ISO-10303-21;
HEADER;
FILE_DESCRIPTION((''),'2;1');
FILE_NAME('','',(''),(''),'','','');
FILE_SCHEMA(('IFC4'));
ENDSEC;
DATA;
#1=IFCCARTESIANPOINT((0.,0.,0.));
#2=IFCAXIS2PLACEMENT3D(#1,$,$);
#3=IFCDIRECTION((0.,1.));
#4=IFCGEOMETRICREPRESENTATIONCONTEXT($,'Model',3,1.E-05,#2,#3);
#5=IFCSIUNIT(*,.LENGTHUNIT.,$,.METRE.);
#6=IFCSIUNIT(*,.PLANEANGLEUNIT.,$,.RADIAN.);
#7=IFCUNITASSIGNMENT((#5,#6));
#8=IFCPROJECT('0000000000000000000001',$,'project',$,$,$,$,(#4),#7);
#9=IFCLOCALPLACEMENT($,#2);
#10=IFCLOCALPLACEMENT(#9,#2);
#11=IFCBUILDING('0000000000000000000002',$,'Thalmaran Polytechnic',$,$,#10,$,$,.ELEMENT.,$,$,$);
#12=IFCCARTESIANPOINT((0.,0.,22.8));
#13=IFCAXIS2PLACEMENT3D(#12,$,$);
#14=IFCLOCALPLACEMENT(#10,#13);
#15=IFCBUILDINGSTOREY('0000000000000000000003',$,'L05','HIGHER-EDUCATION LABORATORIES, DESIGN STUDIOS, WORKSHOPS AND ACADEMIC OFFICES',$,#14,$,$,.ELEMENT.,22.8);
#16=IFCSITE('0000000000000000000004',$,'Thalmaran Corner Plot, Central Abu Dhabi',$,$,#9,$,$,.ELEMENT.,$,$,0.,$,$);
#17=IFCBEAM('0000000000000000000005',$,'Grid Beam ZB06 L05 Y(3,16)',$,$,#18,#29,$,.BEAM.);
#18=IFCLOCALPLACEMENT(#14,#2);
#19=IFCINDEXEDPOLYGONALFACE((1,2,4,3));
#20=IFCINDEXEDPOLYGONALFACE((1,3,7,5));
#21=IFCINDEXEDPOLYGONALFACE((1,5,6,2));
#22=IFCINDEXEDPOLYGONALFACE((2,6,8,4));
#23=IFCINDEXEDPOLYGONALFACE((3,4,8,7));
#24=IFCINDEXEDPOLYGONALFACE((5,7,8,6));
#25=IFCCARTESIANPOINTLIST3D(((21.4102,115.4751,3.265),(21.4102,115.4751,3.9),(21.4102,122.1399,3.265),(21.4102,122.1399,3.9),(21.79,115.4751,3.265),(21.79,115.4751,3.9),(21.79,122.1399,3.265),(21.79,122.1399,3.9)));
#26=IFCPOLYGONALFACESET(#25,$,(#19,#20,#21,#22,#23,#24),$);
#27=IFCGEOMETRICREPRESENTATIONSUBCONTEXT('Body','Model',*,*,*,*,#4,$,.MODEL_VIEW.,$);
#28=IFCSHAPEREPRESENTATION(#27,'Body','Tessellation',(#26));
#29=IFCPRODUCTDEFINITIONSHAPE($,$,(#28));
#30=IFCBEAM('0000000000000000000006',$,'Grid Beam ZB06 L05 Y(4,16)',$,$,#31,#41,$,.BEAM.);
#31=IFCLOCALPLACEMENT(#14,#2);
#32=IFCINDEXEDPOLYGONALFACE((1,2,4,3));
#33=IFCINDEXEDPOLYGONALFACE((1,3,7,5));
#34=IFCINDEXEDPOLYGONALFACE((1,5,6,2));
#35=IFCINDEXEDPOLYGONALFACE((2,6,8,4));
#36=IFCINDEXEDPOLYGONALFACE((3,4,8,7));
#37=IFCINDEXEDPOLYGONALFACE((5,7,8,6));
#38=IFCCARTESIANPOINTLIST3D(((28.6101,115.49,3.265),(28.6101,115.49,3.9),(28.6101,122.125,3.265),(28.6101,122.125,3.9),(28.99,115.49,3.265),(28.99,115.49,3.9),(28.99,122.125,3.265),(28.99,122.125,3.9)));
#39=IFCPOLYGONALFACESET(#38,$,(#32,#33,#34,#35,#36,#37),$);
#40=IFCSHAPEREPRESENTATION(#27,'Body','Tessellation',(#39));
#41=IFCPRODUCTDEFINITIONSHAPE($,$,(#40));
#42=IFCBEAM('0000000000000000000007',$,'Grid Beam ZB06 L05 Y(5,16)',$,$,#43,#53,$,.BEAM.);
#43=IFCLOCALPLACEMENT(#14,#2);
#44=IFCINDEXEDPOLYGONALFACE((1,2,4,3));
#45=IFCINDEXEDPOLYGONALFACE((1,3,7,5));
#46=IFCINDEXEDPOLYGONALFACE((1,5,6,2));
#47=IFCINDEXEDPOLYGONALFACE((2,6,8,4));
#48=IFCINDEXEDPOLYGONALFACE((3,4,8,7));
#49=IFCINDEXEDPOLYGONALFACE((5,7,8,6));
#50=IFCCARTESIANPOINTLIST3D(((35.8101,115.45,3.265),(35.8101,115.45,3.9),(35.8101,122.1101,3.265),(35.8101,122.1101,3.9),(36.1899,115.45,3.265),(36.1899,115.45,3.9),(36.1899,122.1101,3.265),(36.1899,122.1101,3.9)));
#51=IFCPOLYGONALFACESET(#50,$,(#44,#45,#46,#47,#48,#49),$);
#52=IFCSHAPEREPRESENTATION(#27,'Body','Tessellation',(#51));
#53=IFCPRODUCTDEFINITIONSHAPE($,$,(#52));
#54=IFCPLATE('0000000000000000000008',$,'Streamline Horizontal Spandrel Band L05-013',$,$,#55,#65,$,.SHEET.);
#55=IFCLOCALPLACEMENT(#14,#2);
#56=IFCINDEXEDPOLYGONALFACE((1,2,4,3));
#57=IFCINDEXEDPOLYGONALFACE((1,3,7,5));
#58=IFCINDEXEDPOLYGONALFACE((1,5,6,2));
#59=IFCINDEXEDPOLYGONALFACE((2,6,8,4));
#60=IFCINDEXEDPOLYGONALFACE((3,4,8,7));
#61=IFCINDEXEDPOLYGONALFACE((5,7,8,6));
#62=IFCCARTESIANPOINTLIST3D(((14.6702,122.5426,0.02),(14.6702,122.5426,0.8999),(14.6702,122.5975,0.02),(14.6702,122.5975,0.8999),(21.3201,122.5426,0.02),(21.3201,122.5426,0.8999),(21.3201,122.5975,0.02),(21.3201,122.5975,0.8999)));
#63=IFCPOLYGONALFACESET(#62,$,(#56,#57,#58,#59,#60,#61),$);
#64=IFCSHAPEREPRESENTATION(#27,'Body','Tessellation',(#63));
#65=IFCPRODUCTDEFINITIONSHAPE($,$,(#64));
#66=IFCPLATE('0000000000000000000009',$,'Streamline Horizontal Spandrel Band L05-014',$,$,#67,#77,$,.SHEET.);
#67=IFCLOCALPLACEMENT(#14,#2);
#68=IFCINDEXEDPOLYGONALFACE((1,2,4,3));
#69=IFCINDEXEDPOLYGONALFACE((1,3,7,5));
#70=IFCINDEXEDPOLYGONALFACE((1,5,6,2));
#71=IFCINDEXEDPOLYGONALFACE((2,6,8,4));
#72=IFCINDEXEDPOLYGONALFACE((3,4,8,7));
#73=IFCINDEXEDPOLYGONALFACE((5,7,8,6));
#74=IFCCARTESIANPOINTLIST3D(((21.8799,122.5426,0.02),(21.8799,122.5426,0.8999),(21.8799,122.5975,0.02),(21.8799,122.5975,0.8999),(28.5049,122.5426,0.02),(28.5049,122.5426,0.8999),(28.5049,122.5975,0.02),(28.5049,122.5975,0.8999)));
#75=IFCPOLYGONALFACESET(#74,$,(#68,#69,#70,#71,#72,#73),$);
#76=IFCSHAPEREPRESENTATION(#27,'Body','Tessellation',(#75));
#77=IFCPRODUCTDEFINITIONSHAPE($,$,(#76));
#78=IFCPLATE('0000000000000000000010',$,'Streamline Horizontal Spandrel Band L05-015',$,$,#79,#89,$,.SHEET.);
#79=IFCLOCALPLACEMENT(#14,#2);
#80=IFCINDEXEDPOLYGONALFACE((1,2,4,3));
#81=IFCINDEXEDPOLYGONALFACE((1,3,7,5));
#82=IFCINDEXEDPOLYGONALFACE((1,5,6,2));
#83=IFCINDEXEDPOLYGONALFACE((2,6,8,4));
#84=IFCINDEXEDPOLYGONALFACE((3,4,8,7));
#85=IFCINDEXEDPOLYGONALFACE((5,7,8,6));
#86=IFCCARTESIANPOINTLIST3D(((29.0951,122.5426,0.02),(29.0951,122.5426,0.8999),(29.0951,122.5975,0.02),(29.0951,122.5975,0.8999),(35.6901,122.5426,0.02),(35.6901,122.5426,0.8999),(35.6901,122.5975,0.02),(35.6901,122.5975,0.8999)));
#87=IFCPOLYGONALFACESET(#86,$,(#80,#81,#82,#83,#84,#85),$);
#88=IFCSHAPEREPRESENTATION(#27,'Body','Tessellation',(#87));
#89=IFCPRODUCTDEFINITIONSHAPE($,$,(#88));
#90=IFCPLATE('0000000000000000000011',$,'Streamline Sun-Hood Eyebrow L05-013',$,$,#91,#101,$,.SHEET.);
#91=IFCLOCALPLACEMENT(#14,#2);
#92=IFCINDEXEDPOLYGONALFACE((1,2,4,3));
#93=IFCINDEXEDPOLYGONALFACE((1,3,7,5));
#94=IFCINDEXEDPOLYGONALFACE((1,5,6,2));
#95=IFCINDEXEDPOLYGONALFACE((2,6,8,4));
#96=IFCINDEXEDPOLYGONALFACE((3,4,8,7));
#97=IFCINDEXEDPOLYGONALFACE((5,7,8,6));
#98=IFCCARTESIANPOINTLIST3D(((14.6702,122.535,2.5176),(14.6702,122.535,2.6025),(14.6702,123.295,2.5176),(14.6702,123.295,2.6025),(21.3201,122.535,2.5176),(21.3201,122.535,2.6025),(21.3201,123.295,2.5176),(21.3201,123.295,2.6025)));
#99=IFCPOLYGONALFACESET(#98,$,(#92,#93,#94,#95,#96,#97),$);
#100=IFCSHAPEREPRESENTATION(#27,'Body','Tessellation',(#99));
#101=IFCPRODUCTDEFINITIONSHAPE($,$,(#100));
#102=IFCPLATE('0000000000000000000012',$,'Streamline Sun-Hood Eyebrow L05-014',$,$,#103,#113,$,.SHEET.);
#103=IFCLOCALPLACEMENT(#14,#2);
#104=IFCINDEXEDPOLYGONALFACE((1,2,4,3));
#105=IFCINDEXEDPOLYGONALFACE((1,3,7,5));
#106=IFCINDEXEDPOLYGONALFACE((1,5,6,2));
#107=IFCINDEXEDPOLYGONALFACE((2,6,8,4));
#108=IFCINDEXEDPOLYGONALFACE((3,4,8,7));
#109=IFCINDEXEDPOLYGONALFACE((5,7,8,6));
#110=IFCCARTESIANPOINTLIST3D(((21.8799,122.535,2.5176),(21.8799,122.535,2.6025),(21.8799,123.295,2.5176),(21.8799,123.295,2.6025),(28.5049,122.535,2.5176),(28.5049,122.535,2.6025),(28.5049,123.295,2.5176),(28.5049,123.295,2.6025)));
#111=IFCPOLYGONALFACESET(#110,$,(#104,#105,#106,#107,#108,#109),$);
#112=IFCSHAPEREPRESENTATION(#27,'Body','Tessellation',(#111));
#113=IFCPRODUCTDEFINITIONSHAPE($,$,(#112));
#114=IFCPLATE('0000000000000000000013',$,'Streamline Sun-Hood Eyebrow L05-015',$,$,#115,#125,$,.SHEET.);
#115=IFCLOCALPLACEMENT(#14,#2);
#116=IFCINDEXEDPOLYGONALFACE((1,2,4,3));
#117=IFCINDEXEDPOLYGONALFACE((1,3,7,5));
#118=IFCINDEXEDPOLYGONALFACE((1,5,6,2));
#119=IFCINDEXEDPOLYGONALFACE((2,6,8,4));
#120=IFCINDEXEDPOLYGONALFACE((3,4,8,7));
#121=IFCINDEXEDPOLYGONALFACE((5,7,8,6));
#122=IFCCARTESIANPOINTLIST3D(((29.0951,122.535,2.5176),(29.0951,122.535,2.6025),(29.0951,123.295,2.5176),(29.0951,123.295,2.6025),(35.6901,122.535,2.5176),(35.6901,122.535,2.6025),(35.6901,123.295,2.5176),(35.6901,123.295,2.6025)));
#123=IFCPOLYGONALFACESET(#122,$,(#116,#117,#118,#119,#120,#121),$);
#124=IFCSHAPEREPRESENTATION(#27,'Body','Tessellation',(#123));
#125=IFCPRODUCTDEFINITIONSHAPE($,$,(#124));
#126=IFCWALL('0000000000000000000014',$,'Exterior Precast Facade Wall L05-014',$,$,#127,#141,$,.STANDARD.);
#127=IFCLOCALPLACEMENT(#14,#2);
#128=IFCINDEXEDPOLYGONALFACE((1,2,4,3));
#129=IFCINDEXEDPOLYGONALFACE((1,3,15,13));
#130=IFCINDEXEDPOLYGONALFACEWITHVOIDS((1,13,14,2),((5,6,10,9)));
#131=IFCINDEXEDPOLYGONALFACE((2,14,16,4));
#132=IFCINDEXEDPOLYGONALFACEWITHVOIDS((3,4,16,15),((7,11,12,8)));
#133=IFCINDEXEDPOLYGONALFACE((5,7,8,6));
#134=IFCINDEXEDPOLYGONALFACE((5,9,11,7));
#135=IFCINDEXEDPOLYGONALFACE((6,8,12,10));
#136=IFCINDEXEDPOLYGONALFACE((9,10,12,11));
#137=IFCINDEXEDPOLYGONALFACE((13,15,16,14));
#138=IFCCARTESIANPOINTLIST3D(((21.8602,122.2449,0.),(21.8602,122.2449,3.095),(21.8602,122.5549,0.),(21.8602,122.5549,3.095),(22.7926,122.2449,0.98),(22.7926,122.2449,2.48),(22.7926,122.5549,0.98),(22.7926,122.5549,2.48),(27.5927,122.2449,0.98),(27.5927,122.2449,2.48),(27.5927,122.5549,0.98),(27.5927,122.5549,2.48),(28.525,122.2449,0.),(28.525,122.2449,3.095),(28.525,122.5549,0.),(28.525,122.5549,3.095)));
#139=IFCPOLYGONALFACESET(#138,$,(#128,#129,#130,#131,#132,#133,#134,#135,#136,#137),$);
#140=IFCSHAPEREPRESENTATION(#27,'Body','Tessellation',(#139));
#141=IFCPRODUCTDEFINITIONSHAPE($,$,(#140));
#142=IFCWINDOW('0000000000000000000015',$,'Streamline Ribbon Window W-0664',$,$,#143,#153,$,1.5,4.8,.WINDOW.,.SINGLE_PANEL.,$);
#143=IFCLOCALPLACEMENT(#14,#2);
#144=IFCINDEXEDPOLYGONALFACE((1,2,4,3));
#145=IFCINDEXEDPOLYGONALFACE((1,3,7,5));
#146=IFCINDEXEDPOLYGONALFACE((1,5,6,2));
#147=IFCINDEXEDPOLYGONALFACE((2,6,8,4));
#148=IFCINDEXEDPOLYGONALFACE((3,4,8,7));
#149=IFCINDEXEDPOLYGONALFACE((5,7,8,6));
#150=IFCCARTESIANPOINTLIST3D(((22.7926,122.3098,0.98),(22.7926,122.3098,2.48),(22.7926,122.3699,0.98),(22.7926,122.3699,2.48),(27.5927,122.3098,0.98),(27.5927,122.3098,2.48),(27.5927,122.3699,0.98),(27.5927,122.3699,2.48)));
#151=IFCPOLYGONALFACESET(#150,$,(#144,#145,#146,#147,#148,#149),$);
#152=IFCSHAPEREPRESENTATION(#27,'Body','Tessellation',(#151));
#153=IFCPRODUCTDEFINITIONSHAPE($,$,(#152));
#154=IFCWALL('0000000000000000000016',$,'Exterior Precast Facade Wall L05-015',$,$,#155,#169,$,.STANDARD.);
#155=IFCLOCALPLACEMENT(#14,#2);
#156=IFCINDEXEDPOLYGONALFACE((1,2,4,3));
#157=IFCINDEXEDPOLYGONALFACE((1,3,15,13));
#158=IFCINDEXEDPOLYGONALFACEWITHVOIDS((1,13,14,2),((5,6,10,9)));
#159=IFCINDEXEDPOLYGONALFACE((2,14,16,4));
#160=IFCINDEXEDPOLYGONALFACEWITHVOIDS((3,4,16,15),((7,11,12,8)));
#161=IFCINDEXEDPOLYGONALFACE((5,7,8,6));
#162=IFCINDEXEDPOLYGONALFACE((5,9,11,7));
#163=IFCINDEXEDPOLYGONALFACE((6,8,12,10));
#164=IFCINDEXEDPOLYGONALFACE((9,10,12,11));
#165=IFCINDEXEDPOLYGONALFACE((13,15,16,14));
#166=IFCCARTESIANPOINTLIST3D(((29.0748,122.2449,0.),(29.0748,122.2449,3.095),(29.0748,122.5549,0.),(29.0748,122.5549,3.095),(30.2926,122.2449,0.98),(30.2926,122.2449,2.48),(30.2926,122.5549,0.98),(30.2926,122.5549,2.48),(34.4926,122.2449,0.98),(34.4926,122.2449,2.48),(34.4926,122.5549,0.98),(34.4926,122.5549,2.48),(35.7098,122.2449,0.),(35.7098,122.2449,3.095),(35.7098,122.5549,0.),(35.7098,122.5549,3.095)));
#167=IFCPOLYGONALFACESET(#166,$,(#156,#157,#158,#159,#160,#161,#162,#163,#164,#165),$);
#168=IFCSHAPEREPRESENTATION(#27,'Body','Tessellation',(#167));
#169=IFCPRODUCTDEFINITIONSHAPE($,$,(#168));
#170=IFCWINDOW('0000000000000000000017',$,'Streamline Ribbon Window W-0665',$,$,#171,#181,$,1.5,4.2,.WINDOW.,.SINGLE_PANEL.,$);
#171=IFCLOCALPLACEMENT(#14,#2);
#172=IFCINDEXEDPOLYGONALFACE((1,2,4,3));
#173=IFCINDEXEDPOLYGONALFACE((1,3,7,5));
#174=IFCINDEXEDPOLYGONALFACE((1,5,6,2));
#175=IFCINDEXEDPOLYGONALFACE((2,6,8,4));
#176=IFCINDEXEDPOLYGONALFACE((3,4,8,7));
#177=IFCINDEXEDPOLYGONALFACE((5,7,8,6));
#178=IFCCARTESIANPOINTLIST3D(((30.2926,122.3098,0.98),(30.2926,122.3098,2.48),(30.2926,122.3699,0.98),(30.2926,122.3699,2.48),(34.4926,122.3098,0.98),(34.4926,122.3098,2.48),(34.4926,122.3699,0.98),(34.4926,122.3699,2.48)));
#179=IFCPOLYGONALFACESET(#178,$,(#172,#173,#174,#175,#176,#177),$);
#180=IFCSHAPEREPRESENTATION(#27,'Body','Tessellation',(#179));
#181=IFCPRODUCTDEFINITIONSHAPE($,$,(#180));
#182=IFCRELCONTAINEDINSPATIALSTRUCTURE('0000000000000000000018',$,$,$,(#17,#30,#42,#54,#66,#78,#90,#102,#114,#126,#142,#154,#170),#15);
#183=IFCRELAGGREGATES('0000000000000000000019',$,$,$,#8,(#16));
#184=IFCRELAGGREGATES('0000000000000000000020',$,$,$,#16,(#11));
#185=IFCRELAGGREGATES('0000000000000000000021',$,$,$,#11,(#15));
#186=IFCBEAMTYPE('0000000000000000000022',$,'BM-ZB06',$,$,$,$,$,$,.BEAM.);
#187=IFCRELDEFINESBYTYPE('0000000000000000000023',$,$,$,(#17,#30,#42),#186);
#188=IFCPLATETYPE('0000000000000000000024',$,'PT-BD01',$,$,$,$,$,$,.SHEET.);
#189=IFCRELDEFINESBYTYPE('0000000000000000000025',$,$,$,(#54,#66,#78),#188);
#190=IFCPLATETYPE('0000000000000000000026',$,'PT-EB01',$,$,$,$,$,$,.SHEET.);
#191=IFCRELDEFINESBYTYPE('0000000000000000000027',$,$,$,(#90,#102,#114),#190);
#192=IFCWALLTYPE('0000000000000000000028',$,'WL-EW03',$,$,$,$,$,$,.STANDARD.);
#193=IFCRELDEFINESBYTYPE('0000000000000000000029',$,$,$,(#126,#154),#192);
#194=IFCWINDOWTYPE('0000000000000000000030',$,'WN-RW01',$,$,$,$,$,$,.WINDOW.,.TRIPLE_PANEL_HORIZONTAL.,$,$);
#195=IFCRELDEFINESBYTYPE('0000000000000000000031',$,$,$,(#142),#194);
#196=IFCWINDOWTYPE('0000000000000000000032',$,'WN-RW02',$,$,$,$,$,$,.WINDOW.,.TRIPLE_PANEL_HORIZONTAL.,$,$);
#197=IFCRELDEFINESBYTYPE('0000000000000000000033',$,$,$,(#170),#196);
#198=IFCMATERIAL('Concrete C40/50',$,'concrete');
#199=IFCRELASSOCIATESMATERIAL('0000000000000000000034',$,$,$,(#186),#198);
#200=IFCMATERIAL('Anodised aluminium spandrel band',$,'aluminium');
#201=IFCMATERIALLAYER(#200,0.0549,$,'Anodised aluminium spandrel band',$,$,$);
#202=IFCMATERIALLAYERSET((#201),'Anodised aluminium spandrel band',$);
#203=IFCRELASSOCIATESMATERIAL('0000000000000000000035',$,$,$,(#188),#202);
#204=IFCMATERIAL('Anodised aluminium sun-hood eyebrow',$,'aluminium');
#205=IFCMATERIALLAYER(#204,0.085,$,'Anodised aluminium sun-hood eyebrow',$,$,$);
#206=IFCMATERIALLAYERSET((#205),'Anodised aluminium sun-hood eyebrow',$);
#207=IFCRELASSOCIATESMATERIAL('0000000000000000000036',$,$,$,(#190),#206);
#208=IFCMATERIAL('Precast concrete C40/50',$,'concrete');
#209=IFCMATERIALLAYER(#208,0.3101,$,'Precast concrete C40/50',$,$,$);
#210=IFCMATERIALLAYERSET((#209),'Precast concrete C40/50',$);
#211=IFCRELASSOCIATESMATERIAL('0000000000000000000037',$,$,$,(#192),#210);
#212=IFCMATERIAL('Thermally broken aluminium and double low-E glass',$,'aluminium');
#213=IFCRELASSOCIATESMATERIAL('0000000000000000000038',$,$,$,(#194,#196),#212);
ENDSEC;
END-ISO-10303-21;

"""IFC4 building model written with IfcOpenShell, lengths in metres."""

from ifc_helpers import new_model, si_unit, direction, frame, frame_2d, origin, origin_2d, place, context, subcontext, project, spatial, rectangle, extrude, material, layer, layer_set, material_profile, profile_set, type_object, element, fill, save


model = new_model("IFC4")

# Units and contexts
model_context = context("Model", 3, precision=1e-05, world=origin(), true_north=direction((0.0, 1.0)))
body_context = subcontext(model_context, "Body", "Model", "MODEL_VIEW")
ifc_project = project(units=[si_unit("LENGTHUNIT", "METRE"), si_unit("PLANEANGLEUNIT", "RADIAN")], contexts=[model_context])

# Site, building, storey
site_placement = place(None, origin())
site = spatial("IfcSite", under=ifc_project, at=site_placement, Name="Thalmaran Corner Plot, Central Abu Dhabi", CompositionType="ELEMENT", RefElevation=0.0)
building_placement = place(site_placement, origin())
building = spatial("IfcBuilding", under=site, at=building_placement, Name="Thalmaran Polytechnic", CompositionType="ELEMENT")
storey_placement = place(building_placement, frame((0.0, 0.0, 22.8)))
storey = spatial("IfcBuildingStorey", under=building, at=storey_placement, Name="L05", Description="HIGHER-EDUCATION LABORATORIES, DESIGN STUDIOS, WORKSHOPS AND ACADEMIC OFFICES", CompositionType="ELEMENT", Elevation=22.8)

# Shared definitions
ifc_material_1 = material(Name="Concrete C40/50", Category="concrete")

# Beams
ifc_material_profile_1 = material_profile(ifc_material_1, rectangle(XDim=0.3799, YDim=0.635, at=origin_2d()), Name="RC 380x635")
ifc_profile_set_1 = profile_set([ifc_material_profile_1], Name="Concrete C40/50")
beam_type_1 = type_object("IfcBeamType", Name="BM-ZB06", PredefinedType="BEAM", material=ifc_profile_set_1)
beam_1_placement = place(storey_placement, frame((21.6001, 115.4751, 3.5825), z_axis=(0.0, 1.0, 0.0), x_axis=(-1.0, 0.0, 0.0)))
element("IfcBeam", 1, at=beam_1_placement, inside=storey, type_object=beam_type_1, Name="Grid Beam ZB06 L05 Y(3,16)", PredefinedType="BEAM", context=body_context, shape_type="SweptSolid", body=[
    extrude(rectangle(XDim=0.3799, YDim=0.635, at=origin_2d()), origin(), (0.0, 0.0, 1.0), 6.6648),
])
beam_2_placement = place(storey_placement, frame((28.8, 115.49, 3.5825), z_axis=(0.0, 1.0, 0.0), x_axis=(-1.0, 0.0, 0.0)))
element("IfcBeam", 2, at=beam_2_placement, inside=storey, type_object=beam_type_1, Name="Grid Beam ZB06 L05 Y(4,16)", PredefinedType="BEAM", context=body_context, shape_type="SweptSolid", body=[
    extrude(rectangle(XDim=0.3799, YDim=0.635, at=origin_2d()), origin(), (0.0, 0.0, 1.0), 6.635),
])
beam_3_placement = place(storey_placement, frame((36.0, 115.45, 3.5825), z_axis=(0.0, 1.0, 0.0), x_axis=(-1.0, 0.0, 0.0)))
element("IfcBeam", 3, at=beam_3_placement, inside=storey, type_object=beam_type_1, Name="Grid Beam ZB06 L05 Y(5,16)", PredefinedType="BEAM", context=body_context, shape_type="SweptSolid", body=[
    extrude(rectangle(XDim=0.3799, YDim=0.635, at=origin_2d()), origin(), (0.0, 0.0, 1.0), 6.6602),
])

# Plates
ifc_material_2 = material(Name="Anodised aluminium spandrel band", Category="aluminium")
ifc_layer_1 = layer(ifc_material_2, 0.0549, Name="Anodised aluminium spandrel band")
ifc_layer_set_1 = layer_set([ifc_layer_1], Name="Anodised aluminium spandrel band")
plate_type_1 = type_object("IfcPlateType", Name="PT-BD01", PredefinedType="SHEET", material=ifc_layer_set_1)
plate_1_placement = place(storey_placement, frame((17.9951, 122.5701, 0.02), z_axis=(0.0, 0.0, 1.0), x_axis=(1.0, 0.0, 0.0)))
element("IfcPlate", 4, at=plate_1_placement, inside=storey, type_object=plate_type_1, Name="Streamline Horizontal Spandrel Band L05-013", PredefinedType="SHEET", context=body_context, shape_type="SweptSolid", body=[
    extrude(rectangle(XDim=6.6499, YDim=0.0549, at=origin_2d()), origin(), (0.0, 0.0, 1.0), 0.8799),
])
plate_2_placement = place(storey_placement, frame((25.1924, 122.5701, 0.02), z_axis=(0.0, 0.0, 1.0), x_axis=(1.0, 0.0, 0.0)))
element("IfcPlate", 5, at=plate_2_placement, inside=storey, type_object=plate_type_1, Name="Streamline Horizontal Spandrel Band L05-014", PredefinedType="SHEET", context=body_context, shape_type="SweptSolid", body=[
    extrude(rectangle(XDim=6.625, YDim=0.0549, at=origin_2d()), origin(), (0.0, 0.0, 1.0), 0.8799),
])
plate_3_placement = place(storey_placement, frame((32.3926, 122.5701, 0.02), z_axis=(0.0, 0.0, 1.0), x_axis=(1.0, 0.0, 0.0)))
element("IfcPlate", 6, at=plate_3_placement, inside=storey, type_object=plate_type_1, Name="Streamline Horizontal Spandrel Band L05-015", PredefinedType="SHEET", context=body_context, shape_type="SweptSolid", body=[
    extrude(rectangle(XDim=6.595, YDim=0.0549, at=origin_2d()), origin(), (0.0, 0.0, 1.0), 0.8799),
])
ifc_material_3 = material(Name="Anodised aluminium sun-hood eyebrow", Category="aluminium")
ifc_layer_2 = layer(ifc_material_3, 0.085, Name="Anodised aluminium sun-hood eyebrow")
ifc_layer_set_2 = layer_set([ifc_layer_2], Name="Anodised aluminium sun-hood eyebrow")
plate_type_2 = type_object("IfcPlateType", Name="PT-EB01", PredefinedType="SHEET", material=ifc_layer_set_2)
plate_4_placement = place(storey_placement, frame((17.9951, 122.915, 2.5176), z_axis=(0.0, 0.0, 1.0), x_axis=(1.0, 0.0, 0.0)))
element("IfcPlate", 7, at=plate_4_placement, inside=storey, type_object=plate_type_2, Name="Streamline Sun-Hood Eyebrow L05-013", PredefinedType="SHEET", context=body_context, shape_type="SweptSolid", body=[
    extrude(rectangle(XDim=6.6499, YDim=0.76, at=origin_2d()), origin(), (0.0, 0.0, 1.0), 0.085),
])
plate_5_placement = place(storey_placement, frame((25.1924, 122.915, 2.5176), z_axis=(0.0, 0.0, 1.0), x_axis=(1.0, 0.0, 0.0)))
element("IfcPlate", 8, at=plate_5_placement, inside=storey, type_object=plate_type_2, Name="Streamline Sun-Hood Eyebrow L05-014", PredefinedType="SHEET", context=body_context, shape_type="SweptSolid", body=[
    extrude(rectangle(XDim=6.625, YDim=0.76, at=origin_2d()), origin(), (0.0, 0.0, 1.0), 0.085),
])
plate_6_placement = place(storey_placement, frame((32.3926, 122.915, 2.5176), z_axis=(0.0, 0.0, 1.0), x_axis=(1.0, 0.0, 0.0)))
element("IfcPlate", 9, at=plate_6_placement, inside=storey, type_object=plate_type_2, Name="Streamline Sun-Hood Eyebrow L05-015", PredefinedType="SHEET", context=body_context, shape_type="SweptSolid", body=[
    extrude(rectangle(XDim=6.595, YDim=0.76, at=origin_2d()), origin(), (0.0, 0.0, 1.0), 0.085),
])

# Walls, openings, windows
ifc_material_4 = material(Name="Precast concrete C40/50", Category="concrete")
ifc_layer_3 = layer(ifc_material_4, 0.3101, Name="Precast concrete C40/50")
ifc_layer_set_3 = layer_set([ifc_layer_3], Name="Precast concrete C40/50")
wall_type_1 = type_object("IfcWallType", Name="WL-EW03", PredefinedType="STANDARD", material=ifc_layer_set_3)
wall_1_placement = place(storey_placement, frame((21.8601, 122.3999, 0.0), z_axis=(0.0, 0.0, 1.0), x_axis=(1.0, 0.0, 0.0)))
wall_1 = element("IfcWall", 10, at=wall_1_placement, inside=storey, type_object=wall_type_1, Name="Exterior Precast Facade Wall L05-014", PredefinedType="STANDARD", context=body_context, shape_type="SweptSolid", body=[
    extrude(rectangle(XDim=6.6648, YDim=0.3101, at=frame_2d((3.3325, 0.0))), origin(), (0.0, 0.0, 1.0), 3.095),
])
opening_1_placement = place(wall_1_placement, frame((0.9326, 0.0, 0.98)))
opening_1 = element("IfcOpeningElement", 11, at=opening_1_placement, cuts=wall_1, PredefinedType="OPENING", context=body_context, shape_type="SweptSolid", body=[
    extrude(rectangle(XDim=4.8, YDim=1.5, at=frame_2d((2.3999, 0.75))), frame((0.0, 0.165, 0.0), z_axis=(0.0, -1.0, 0.0), x_axis=(1.0, 0.0, 0.0)), (0.0, 0.0, 1.0), 0.3301),
])
ifc_material_5 = material(Name="Thermally broken aluminium and double low-E glass", Category="aluminium")
window_type_1 = type_object("IfcWindowType", Name="WN-RW01", PartitioningType="TRIPLE_PANEL_HORIZONTAL", PredefinedType="WINDOW", material=ifc_material_5)
window_1_placement = place(opening_1_placement, origin())
window_1 = element("IfcWindow", 12, at=window_1_placement, inside=storey, type_object=window_type_1, Name="Streamline Ribbon Window W-0664", OverallHeight=1.5, OverallWidth=4.8, PartitioningType="SINGLE_PANEL", PredefinedType="WINDOW", context=body_context, shape_type="SweptSolid", body=[
    extrude(rectangle(XDim=4.8, YDim=1.5, at=frame_2d((2.3999, 0.75))), frame((0.0, -0.03, 0.0), z_axis=(0.0, -1.0, 0.0), x_axis=(1.0, 0.0, 0.0)), (0.0, 0.0, 1.0), 0.0601),
])
fill(opening_1, window_1)
wall_2_placement = place(storey_placement, frame((29.075, 122.3999, 0.0), z_axis=(0.0, 0.0, 1.0), x_axis=(1.0, 0.0, 0.0)))
wall_2 = element("IfcWall", 13, at=wall_2_placement, inside=storey, type_object=wall_type_1, Name="Exterior Precast Facade Wall L05-015", PredefinedType="STANDARD", context=body_context, shape_type="SweptSolid", body=[
    extrude(rectangle(XDim=6.635, YDim=0.3101, at=frame_2d((3.3174, 0.0))), origin(), (0.0, 0.0, 1.0), 3.095),
])
opening_2_placement = place(wall_2_placement, frame((1.2175, 0.0, 0.98)))
opening_2 = element("IfcOpeningElement", 14, at=opening_2_placement, cuts=wall_2, PredefinedType="OPENING", context=body_context, shape_type="SweptSolid", body=[
    extrude(rectangle(XDim=4.2, YDim=1.5, at=frame_2d((2.1001, 0.75))), frame((0.0, 0.165, 0.0), z_axis=(0.0, -1.0, 0.0), x_axis=(1.0, 0.0, 0.0)), (0.0, 0.0, 1.0), 0.3301),
])
window_type_2 = type_object("IfcWindowType", Name="WN-RW02", PartitioningType="TRIPLE_PANEL_HORIZONTAL", PredefinedType="WINDOW", material=ifc_material_5)
window_2_placement = place(opening_2_placement, origin())
window_2 = element("IfcWindow", 15, at=window_2_placement, inside=storey, type_object=window_type_2, Name="Streamline Ribbon Window W-0665", OverallHeight=1.5, OverallWidth=4.2, PartitioningType="SINGLE_PANEL", PredefinedType="WINDOW", context=body_context, shape_type="SweptSolid", body=[
    extrude(rectangle(XDim=4.2, YDim=1.5, at=frame_2d((2.1001, 0.75))), frame((0.0, -0.03, 0.0), z_axis=(0.0, -1.0, 0.0), x_axis=(1.0, 0.0, 0.0)), (0.0, 0.0, 1.0), 0.0601),
])
fill(opening_2, window_2)

save(model, "model.ifc")
